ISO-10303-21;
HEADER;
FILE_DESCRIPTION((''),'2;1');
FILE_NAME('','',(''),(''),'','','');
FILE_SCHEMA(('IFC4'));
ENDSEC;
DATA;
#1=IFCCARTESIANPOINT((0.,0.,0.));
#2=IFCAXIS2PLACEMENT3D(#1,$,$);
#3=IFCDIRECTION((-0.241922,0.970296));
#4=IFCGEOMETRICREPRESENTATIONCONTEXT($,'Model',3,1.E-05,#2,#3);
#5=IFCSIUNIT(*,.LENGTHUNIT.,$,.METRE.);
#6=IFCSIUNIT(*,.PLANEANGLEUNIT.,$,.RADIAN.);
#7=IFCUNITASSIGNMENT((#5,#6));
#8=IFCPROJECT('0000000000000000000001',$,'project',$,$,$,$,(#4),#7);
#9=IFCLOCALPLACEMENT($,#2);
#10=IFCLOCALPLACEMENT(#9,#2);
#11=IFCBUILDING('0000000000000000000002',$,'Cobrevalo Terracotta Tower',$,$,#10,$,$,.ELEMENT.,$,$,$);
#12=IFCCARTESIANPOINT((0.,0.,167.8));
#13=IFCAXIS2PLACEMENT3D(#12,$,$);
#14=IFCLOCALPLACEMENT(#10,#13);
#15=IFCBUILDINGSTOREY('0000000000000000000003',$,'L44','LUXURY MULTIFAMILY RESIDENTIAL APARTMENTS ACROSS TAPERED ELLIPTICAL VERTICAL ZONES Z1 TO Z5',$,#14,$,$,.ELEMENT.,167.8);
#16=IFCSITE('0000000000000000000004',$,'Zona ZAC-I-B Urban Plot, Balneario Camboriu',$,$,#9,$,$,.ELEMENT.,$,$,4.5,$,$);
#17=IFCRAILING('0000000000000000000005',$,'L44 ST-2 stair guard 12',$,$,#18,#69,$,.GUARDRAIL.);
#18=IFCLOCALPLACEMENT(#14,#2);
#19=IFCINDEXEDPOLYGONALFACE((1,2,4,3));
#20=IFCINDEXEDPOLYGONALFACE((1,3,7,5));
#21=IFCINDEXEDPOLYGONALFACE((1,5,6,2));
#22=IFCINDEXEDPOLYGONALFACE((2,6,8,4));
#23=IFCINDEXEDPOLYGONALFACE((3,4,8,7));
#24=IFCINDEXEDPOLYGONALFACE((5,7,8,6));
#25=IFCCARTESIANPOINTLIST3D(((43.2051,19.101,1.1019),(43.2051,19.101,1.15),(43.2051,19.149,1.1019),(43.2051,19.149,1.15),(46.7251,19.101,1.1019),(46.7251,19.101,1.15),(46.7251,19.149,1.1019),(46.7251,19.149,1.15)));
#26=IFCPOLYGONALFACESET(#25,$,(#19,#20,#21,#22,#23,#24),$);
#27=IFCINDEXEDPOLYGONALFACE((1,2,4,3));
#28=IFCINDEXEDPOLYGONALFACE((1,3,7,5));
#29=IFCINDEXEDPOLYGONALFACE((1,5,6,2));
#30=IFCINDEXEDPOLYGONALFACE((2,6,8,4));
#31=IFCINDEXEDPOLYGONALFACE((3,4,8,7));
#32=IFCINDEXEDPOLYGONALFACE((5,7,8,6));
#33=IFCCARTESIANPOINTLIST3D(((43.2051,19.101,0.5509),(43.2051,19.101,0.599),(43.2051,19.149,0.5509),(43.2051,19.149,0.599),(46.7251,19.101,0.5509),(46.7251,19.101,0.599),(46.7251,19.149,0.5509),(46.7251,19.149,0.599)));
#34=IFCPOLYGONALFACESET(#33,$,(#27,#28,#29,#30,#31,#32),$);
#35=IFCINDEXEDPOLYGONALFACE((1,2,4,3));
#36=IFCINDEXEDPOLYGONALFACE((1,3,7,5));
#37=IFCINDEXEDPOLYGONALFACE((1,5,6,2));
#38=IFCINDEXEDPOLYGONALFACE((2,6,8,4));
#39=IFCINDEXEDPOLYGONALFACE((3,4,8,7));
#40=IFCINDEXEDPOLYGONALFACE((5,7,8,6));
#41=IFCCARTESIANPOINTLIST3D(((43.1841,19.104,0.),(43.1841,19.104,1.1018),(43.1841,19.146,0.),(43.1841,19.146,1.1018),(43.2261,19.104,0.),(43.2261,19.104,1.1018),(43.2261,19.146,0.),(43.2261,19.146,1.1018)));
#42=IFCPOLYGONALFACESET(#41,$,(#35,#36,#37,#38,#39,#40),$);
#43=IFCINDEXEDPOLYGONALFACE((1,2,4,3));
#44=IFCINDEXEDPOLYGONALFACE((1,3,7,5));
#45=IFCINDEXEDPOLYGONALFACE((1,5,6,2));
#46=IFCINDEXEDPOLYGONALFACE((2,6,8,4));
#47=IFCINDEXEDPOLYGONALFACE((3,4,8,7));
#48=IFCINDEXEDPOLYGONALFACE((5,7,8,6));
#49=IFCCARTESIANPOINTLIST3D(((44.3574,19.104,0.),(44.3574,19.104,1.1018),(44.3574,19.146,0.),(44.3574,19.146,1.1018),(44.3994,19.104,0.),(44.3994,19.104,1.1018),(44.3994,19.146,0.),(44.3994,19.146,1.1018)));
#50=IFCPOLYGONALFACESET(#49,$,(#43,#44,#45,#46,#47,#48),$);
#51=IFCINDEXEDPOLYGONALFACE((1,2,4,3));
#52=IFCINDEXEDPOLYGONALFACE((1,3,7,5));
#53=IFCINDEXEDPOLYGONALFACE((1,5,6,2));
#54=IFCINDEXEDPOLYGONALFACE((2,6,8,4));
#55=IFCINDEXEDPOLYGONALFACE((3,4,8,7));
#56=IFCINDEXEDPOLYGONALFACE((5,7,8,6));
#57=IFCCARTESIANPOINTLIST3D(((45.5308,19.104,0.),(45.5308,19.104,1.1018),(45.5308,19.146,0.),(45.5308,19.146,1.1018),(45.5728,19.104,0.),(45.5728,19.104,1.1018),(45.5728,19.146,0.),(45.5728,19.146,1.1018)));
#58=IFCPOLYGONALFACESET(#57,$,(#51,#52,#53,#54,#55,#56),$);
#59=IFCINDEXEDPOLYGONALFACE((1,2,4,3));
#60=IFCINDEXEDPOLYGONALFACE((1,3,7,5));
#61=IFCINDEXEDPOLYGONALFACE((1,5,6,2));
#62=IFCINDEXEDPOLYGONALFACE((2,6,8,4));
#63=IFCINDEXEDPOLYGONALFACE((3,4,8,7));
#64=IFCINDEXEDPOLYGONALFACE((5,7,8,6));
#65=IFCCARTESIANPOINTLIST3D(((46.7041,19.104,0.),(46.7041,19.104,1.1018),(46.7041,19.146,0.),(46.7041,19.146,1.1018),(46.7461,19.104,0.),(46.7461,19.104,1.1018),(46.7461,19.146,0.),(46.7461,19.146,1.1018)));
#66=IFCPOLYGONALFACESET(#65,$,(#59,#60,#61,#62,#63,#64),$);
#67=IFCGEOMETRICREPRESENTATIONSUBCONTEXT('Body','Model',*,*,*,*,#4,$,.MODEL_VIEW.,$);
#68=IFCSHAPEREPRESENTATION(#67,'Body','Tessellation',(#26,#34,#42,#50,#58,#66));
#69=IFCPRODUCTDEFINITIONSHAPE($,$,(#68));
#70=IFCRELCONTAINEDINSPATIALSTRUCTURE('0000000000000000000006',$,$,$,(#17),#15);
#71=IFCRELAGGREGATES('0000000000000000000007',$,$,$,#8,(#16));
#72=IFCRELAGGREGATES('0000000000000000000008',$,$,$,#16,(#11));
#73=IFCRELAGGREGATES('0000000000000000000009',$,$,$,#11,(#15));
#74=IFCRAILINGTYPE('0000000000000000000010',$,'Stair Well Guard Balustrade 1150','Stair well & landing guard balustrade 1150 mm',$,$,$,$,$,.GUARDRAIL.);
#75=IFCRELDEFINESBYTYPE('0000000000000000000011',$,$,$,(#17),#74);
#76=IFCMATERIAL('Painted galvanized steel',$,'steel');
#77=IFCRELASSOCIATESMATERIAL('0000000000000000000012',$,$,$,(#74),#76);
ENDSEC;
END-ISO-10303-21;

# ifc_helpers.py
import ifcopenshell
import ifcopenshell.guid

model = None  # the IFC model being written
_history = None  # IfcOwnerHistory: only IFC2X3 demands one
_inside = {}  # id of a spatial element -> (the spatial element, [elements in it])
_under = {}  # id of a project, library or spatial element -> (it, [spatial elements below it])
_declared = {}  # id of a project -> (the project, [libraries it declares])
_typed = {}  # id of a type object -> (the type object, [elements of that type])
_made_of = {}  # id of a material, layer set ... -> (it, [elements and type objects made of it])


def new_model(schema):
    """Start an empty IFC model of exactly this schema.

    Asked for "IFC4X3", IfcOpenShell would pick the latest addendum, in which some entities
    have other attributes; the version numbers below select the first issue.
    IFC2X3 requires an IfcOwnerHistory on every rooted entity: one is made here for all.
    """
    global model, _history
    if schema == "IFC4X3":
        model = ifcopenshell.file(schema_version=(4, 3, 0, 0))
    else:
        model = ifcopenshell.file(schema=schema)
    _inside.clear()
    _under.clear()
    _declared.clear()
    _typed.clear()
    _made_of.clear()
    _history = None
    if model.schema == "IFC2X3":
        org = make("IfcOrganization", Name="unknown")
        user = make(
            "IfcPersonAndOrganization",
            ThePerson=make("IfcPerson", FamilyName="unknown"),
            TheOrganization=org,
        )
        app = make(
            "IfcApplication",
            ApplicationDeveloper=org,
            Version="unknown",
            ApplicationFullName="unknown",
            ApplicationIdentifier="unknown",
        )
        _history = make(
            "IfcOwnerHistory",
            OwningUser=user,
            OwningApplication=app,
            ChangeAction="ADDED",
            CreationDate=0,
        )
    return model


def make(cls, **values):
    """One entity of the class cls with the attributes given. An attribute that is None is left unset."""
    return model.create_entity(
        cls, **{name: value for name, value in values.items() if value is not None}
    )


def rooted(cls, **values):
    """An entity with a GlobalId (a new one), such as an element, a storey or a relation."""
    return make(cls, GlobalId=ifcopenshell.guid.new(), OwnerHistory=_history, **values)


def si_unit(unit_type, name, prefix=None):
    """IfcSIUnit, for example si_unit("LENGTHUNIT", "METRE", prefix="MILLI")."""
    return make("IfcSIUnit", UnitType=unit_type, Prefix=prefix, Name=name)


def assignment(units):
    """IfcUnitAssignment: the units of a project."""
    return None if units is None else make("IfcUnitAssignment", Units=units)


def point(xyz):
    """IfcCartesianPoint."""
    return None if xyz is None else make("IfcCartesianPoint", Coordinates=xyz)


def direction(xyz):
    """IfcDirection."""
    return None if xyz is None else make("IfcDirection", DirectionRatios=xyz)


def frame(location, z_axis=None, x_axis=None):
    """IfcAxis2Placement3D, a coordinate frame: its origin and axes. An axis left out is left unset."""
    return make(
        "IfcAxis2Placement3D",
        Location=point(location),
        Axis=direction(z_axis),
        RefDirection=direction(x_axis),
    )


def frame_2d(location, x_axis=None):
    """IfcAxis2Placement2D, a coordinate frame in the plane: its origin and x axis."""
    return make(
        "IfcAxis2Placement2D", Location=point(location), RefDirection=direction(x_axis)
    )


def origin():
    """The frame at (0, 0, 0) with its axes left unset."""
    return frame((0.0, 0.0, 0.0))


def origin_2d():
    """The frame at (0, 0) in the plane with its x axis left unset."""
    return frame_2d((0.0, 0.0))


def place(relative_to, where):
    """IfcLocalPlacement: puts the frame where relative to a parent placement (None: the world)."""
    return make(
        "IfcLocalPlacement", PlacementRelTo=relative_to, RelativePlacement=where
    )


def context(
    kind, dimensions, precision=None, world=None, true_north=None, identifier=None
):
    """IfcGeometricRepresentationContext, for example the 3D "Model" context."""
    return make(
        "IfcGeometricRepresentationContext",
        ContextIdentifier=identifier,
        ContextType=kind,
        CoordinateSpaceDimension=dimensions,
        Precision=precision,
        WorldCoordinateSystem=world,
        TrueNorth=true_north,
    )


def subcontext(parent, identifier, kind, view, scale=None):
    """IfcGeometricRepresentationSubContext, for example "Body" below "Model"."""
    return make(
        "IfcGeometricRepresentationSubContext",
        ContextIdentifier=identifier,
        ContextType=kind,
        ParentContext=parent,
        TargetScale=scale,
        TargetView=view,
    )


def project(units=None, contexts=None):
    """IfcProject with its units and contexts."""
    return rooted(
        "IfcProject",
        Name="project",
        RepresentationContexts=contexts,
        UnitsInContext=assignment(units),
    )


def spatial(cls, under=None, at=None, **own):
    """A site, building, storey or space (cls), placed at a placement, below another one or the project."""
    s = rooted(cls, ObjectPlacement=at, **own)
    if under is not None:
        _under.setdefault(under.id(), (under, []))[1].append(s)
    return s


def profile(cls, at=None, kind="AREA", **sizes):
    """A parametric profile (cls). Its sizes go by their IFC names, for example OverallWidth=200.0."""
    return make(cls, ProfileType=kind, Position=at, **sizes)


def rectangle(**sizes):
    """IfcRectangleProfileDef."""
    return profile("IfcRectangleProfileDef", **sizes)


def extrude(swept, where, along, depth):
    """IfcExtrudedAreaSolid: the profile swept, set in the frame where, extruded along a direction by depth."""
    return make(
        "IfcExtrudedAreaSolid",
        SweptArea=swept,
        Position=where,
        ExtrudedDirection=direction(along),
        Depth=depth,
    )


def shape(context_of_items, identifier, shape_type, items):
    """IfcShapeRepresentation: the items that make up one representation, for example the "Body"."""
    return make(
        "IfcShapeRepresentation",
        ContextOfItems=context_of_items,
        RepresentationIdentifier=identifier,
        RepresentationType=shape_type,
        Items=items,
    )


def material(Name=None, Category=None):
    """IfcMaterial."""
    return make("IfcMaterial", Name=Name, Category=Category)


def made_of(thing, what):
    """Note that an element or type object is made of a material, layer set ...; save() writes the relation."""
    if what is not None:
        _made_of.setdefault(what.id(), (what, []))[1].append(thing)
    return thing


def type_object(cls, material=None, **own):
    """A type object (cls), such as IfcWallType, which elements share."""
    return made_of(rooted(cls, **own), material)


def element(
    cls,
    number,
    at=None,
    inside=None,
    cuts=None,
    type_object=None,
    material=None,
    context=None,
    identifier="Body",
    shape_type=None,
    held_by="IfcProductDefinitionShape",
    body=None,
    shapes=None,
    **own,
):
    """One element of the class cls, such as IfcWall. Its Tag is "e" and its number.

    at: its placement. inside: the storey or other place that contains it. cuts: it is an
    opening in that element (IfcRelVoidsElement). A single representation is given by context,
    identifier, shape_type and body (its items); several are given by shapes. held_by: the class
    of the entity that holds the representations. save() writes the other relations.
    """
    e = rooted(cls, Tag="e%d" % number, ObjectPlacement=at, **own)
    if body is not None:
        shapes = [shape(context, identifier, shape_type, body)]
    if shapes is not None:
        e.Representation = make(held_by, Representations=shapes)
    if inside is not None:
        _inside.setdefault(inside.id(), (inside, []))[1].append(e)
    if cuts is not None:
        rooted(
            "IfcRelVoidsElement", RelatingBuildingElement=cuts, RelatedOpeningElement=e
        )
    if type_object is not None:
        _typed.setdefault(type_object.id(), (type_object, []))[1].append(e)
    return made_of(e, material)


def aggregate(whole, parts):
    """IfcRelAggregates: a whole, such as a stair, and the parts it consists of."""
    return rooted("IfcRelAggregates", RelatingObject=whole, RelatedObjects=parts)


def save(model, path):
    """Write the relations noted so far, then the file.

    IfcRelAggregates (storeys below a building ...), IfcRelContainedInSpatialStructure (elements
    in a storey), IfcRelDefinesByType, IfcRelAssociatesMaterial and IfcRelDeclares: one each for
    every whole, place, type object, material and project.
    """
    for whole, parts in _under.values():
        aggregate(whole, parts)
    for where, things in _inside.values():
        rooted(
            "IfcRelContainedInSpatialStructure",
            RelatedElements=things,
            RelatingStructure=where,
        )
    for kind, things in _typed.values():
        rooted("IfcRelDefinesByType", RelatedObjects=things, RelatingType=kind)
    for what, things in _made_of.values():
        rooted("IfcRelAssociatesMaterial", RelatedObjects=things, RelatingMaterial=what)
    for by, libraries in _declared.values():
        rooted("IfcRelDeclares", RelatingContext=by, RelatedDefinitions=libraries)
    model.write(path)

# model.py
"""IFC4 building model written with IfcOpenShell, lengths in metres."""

from ifc_helpers import new_model, si_unit, direction, frame, origin, origin_2d, place, context, subcontext, project, spatial, rectangle, extrude, material, type_object, element, save


model = new_model("IFC4")

# Units and contexts
model_context = context("Model", 3, precision=1e-05, world=origin(), true_north=direction((-0.241922, 0.970296)))
body_context = subcontext(model_context, "Body", "Model", "MODEL_VIEW")
ifc_project = project(units=[si_unit("LENGTHUNIT", "METRE"), si_unit("PLANEANGLEUNIT", "RADIAN")], contexts=[model_context])

# Site, building, storey
site_placement = place(None, origin())
site = spatial("IfcSite", under=ifc_project, at=site_placement, Name="Zona ZAC-I-B Urban Plot, Balneario Camboriu", CompositionType="ELEMENT", RefElevation=4.5)
building_placement = place(site_placement, origin())
building = spatial("IfcBuilding", under=site, at=building_placement, Name="Cobrevalo Terracotta Tower", CompositionType="ELEMENT")
storey_placement = place(building_placement, frame((0.0, 0.0, 167.8)))
storey = spatial("IfcBuildingStorey", under=building, at=storey_placement, Name="L44", Description="LUXURY MULTIFAMILY RESIDENTIAL APARTMENTS ACROSS TAPERED ELLIPTICAL VERTICAL ZONES Z1 TO Z5", CompositionType="ELEMENT", Elevation=167.8)

# Railing
ifc_material_1 = material(Name="Painted galvanized steel", Category="steel")
railing_type_1 = type_object("IfcRailingType", Name="Stair Well Guard Balustrade 1150", Description="Stair well & landing guard balustrade 1150 mm", PredefinedType="GUARDRAIL", material=ifc_material_1)
railing_1_placement = place(storey_placement, frame((43.2051, 19.125, 0.0)))
element("IfcRailing", 1, at=railing_1_placement, inside=storey, type_object=railing_type_1, Name="L44 ST-2 stair guard 12", PredefinedType="GUARDRAIL", context=body_context, shape_type="SweptSolid", body=[
    extrude(rectangle(XDim=0.0481, YDim=0.0481, at=origin_2d()), frame((0.0, 0.0, 1.126), z_axis=(1.0, 0.0, 0.0), x_axis=(0.0, 1.0, 0.0)), (0.0, 0.0, 1.0), 3.52),
    extrude(rectangle(XDim=0.0481, YDim=0.0481, at=origin_2d()), frame((0.0, 0.0, 0.575), z_axis=(1.0, 0.0, 0.0), x_axis=(0.0, 1.0, 0.0)), (0.0, 0.0, 1.0), 3.52),
    extrude(rectangle(XDim=0.042, YDim=0.042, at=origin_2d()), origin(), (0.0, 0.0, 1.0), 1.1018),
    extrude(rectangle(XDim=0.042, YDim=0.042, at=origin_2d()), frame((1.1733, 0.0, 0.0)), (0.0, 0.0, 1.0), 1.1018),
    extrude(rectangle(XDim=0.042, YDim=0.042, at=origin_2d()), frame((2.3467, 0.0, 0.0)), (0.0, 0.0, 1.0), 1.1018),
    extrude(rectangle(XDim=0.042, YDim=0.042, at=origin_2d()), frame((3.52, 0.0, 0.0)), (0.0, 0.0, 1.0), 1.1018),
])

save(model, "model.ifc")
